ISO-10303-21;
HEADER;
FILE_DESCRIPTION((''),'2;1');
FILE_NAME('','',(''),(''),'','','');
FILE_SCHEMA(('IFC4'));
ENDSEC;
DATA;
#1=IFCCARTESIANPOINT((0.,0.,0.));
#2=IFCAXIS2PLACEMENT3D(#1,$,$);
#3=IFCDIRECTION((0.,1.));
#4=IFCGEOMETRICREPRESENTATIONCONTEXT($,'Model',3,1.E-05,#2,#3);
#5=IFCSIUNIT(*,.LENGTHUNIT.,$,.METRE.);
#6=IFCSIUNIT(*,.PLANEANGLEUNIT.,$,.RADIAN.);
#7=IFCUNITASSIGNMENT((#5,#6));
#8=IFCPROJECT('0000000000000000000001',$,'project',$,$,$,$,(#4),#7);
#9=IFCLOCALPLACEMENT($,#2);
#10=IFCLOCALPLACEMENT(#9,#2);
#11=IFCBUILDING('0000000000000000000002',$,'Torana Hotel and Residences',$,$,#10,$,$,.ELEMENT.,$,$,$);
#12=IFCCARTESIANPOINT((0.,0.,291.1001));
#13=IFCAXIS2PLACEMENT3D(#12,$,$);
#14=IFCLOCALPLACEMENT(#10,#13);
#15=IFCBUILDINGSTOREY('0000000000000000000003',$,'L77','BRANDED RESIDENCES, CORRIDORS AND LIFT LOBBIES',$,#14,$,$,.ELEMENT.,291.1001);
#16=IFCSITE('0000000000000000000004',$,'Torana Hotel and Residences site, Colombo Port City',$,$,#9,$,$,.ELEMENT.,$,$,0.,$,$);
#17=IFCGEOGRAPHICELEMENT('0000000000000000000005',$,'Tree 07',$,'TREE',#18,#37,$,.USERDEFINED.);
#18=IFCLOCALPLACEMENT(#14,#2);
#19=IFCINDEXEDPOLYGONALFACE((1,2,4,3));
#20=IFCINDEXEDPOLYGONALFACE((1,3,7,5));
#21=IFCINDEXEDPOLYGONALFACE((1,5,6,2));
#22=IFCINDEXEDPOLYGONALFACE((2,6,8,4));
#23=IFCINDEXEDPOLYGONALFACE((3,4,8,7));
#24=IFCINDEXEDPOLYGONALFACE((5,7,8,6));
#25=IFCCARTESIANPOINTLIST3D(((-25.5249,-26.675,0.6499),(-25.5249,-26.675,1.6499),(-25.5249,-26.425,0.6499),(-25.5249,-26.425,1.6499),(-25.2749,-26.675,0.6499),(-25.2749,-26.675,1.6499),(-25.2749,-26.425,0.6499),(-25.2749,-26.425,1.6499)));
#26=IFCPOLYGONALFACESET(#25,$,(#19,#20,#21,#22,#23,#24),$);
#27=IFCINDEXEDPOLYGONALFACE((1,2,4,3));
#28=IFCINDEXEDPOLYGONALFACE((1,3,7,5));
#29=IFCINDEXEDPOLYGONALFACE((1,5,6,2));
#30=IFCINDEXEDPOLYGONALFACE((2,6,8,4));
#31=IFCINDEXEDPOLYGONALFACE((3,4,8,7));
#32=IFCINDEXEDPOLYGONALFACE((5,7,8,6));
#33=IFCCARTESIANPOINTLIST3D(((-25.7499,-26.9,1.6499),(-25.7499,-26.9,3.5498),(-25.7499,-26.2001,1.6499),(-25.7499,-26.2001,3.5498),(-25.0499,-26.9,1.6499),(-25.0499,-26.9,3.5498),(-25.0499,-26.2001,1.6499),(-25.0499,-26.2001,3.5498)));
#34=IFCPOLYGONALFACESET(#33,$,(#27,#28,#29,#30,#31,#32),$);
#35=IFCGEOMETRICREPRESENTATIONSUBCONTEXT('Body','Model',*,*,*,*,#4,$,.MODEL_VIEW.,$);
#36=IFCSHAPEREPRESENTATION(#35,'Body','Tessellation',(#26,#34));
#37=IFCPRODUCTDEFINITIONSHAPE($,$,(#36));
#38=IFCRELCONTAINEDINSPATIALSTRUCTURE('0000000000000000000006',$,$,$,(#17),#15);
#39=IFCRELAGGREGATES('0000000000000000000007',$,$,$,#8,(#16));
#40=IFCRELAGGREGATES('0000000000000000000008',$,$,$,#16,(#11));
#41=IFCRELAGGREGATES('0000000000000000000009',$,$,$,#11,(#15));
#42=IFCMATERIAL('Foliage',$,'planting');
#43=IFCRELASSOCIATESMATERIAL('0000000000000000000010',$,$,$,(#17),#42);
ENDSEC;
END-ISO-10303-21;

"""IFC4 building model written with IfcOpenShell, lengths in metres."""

from ifc_helpers import new_model, si_unit, direction, frame, origin, origin_2d, place, context, subcontext, project, spatial, rectangle, extrude, material, element, save


model = new_model("IFC4")

# Units and contexts
model_context = context("Model", 3, precision=1e-05, world=origin(), true_north=direction((0.0, 1.0)))
body_context = subcontext(model_context, "Body", "Model", "MODEL_VIEW")
ifc_project = project(units=[si_unit("LENGTHUNIT", "METRE"), si_unit("PLANEANGLEUNIT", "RADIAN")], contexts=[model_context])

# Site, building, storey
site_placement = place(None, origin())
site = spatial("IfcSite", under=ifc_project, at=site_placement, Name="Torana Hotel and Residences site, Colombo Port City", CompositionType="ELEMENT", RefElevation=0.0)
building_placement = place(site_placement, origin())
building = spatial("IfcBuilding", under=site, at=building_placement, Name="Torana Hotel and Residences", CompositionType="ELEMENT")
storey_placement = place(building_placement, frame((0.0, 0.0, 291.1001)))
storey = spatial("IfcBuildingStorey", under=building, at=storey_placement, Name="L77", Description="BRANDED RESIDENCES, CORRIDORS AND LIFT LOBBIES", CompositionType="ELEMENT", Elevation=291.1001)

# Geographic element
ifc_material_1 = material(Name="Foliage", Category="planting")
geographic_element_placement = place(storey_placement, frame((-25.3999, -26.55, 0.6499), z_axis=(0.0, 0.0, 1.0), x_axis=(1.0, 0.0, 0.0)))
element("IfcGeographicElement", 1, at=geographic_element_placement, inside=storey, material=ifc_material_1, Name="Tree 07", ObjectType="TREE", PredefinedType="USERDEFINED", context=body_context, shape_type="SweptSolid", body=[
    extrude(rectangle(XDim=0.25, YDim=0.25, at=origin_2d()), origin(), (0.0, 0.0, 1.0), 1.0),
    extrude(rectangle(XDim=0.7, YDim=0.7, at=origin_2d()), frame((0.0, 0.0, 1.0)), (0.0, 0.0, 1.0), 1.8999),
])

save(model, "model.ifc")
